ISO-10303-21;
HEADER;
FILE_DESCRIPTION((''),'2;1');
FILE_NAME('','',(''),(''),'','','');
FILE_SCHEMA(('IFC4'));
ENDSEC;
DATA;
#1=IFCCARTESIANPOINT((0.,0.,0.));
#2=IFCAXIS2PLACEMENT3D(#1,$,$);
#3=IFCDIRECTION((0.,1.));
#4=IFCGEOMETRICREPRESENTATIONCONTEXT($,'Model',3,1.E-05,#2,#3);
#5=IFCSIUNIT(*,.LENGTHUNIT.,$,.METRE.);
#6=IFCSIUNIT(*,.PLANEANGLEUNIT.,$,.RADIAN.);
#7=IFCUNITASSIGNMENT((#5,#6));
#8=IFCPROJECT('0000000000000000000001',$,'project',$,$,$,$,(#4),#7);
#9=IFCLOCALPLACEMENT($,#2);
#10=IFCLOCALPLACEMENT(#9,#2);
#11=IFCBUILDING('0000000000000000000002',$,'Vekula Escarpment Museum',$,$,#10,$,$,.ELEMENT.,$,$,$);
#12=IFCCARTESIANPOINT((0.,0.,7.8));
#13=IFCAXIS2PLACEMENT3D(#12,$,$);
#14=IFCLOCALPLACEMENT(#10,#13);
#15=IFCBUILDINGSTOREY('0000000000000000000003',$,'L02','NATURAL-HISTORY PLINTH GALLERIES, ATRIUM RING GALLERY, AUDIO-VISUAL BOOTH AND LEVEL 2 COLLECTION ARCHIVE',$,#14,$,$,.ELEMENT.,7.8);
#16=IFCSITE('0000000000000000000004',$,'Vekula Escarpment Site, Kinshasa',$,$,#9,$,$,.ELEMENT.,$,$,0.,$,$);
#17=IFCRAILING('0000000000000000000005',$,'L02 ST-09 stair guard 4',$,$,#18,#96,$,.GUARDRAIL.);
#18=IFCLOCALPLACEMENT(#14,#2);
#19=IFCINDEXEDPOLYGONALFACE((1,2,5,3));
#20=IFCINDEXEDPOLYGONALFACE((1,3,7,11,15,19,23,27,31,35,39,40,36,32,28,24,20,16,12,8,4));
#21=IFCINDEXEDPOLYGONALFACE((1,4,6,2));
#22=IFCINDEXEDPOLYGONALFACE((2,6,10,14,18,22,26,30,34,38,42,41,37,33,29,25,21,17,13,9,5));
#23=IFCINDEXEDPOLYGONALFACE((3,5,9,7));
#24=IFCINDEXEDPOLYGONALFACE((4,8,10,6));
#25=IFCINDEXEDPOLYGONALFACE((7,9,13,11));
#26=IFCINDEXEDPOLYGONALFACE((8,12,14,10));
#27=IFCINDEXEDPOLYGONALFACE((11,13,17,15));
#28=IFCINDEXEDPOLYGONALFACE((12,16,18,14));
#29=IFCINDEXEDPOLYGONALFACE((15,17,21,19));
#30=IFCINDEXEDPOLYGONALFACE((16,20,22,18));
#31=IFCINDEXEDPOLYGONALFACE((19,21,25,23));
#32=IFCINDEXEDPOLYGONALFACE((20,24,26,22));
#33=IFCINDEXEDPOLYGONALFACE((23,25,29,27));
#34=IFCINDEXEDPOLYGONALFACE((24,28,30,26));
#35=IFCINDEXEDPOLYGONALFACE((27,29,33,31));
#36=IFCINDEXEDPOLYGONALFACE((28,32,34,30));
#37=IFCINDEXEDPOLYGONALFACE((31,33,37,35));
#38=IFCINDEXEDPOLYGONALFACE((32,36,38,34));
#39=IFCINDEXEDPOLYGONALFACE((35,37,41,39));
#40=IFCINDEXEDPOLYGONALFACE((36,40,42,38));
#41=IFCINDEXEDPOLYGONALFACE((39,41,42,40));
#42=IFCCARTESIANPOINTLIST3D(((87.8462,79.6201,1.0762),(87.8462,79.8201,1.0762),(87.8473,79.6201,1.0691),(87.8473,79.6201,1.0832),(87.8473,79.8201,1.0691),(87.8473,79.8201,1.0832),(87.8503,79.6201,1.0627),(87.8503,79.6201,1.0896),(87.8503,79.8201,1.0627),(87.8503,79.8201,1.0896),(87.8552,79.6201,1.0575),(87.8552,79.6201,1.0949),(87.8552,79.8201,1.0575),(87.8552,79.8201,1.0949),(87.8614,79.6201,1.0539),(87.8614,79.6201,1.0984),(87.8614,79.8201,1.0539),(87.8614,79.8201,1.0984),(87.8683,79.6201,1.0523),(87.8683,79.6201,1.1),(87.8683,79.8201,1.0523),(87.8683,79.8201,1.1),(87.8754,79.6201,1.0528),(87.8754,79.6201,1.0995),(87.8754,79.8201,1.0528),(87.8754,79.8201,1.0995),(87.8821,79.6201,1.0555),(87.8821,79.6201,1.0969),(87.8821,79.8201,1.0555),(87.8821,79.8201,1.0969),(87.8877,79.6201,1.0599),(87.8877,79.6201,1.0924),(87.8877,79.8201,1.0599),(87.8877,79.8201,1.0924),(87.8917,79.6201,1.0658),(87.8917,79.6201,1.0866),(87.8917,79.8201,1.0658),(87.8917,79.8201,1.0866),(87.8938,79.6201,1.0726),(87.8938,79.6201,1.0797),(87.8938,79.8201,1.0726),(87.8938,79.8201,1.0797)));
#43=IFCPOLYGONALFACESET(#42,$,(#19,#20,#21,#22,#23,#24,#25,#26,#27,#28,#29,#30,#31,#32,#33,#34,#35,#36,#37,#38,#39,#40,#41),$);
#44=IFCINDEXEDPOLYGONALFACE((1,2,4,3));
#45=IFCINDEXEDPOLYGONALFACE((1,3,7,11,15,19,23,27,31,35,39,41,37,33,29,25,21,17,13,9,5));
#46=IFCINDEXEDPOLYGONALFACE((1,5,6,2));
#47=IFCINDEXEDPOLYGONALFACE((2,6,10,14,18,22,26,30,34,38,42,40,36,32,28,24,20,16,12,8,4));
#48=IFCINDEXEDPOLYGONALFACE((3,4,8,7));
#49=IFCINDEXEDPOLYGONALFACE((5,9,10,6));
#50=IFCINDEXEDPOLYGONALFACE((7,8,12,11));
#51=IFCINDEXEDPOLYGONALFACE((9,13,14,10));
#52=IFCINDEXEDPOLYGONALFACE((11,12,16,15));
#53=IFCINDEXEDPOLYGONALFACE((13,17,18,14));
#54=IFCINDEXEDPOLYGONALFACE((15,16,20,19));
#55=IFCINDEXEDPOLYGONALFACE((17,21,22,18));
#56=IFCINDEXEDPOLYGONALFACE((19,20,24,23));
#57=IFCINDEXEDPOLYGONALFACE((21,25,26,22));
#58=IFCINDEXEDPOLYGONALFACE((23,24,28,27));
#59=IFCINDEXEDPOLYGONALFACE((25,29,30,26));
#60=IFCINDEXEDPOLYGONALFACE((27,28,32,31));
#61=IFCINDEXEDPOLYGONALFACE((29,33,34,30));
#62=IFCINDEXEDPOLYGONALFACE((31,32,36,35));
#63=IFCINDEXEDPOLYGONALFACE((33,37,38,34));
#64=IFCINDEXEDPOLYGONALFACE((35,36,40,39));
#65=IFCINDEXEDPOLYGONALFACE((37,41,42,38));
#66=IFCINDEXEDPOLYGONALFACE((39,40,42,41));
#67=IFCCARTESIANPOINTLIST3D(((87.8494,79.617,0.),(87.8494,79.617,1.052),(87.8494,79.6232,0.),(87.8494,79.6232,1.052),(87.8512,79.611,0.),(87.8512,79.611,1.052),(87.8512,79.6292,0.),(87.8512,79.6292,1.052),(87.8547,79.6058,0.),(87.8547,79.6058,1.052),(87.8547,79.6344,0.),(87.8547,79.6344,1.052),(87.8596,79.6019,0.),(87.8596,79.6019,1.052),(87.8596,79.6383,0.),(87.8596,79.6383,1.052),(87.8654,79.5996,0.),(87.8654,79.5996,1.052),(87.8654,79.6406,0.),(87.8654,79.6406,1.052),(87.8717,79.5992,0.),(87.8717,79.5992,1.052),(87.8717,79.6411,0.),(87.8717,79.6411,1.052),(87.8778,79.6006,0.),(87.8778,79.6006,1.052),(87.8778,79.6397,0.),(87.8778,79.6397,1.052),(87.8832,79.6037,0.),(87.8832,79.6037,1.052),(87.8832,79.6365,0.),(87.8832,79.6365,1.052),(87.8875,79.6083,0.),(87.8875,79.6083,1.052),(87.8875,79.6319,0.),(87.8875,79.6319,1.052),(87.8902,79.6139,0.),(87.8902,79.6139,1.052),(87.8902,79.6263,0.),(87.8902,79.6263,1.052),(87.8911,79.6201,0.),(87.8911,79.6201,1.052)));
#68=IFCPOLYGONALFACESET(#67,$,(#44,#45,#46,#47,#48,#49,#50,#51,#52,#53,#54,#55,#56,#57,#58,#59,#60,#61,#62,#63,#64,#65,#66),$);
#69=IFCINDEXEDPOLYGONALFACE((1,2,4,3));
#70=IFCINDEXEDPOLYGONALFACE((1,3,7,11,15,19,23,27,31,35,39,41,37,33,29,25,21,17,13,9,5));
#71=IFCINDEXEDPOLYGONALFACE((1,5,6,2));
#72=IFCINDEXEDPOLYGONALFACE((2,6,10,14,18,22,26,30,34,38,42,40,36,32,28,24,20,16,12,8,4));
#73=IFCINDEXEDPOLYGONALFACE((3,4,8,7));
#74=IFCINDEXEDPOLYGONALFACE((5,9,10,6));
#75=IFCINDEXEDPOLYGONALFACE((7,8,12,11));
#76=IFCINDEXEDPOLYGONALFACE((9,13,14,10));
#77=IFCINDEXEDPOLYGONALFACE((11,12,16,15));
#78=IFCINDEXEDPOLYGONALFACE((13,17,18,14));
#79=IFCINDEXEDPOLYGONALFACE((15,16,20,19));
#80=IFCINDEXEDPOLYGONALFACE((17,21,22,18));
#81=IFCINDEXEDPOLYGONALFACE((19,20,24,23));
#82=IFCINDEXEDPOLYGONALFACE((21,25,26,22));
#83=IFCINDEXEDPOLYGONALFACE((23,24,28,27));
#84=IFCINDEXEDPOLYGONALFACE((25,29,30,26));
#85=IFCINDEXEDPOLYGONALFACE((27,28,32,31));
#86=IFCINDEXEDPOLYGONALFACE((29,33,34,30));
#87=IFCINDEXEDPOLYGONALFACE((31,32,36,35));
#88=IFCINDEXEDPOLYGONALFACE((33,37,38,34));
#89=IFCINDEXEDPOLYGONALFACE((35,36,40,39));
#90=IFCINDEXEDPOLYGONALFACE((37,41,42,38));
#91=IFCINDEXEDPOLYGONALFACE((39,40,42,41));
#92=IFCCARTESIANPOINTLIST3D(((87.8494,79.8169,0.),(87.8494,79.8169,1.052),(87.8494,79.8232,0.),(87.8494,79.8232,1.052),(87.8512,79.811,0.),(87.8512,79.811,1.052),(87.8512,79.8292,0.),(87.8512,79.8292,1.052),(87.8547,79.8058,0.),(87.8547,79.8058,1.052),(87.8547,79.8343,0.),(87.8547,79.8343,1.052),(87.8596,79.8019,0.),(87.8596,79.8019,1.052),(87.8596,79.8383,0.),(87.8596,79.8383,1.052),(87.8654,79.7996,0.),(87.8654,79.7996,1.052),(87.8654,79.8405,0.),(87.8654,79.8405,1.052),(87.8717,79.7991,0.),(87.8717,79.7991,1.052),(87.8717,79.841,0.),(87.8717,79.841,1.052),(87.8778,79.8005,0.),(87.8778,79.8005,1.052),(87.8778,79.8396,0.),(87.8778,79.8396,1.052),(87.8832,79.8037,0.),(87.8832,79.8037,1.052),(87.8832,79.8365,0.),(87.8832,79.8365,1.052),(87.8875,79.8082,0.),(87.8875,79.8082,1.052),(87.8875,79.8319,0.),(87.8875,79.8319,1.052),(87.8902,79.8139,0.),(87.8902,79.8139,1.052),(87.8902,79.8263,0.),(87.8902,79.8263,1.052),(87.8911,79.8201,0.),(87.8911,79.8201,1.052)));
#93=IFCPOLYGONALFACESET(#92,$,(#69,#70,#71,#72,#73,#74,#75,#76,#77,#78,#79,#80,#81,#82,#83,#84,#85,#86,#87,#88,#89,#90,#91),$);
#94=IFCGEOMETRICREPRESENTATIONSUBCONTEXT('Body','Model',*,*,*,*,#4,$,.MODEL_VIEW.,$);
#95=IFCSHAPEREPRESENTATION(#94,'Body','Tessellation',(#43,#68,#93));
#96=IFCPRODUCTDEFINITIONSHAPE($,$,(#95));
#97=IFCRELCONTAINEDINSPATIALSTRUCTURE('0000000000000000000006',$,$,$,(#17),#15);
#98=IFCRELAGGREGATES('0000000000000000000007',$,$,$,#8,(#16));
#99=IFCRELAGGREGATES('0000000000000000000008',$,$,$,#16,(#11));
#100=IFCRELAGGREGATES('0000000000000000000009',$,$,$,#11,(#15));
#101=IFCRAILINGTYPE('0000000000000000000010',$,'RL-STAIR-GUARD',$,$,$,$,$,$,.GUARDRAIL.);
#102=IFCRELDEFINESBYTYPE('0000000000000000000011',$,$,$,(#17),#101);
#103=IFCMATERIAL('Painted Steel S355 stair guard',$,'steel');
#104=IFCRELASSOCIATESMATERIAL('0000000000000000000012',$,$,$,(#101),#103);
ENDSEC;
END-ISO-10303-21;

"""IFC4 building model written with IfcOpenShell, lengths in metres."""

from ifc_helpers import new_model, si_unit, direction, frame, origin, origin_2d, place, context, subcontext, project, spatial, circle, extrude, material, type_object, element, save


model = new_model("IFC4")

# Units and contexts
model_context = context("Model", 3, precision=1e-05, world=origin(), true_north=direction((0.0, 1.0)))
body_context = subcontext(model_context, "Body", "Model", "MODEL_VIEW")
ifc_project = project(units=[si_unit("LENGTHUNIT", "METRE"), si_unit("PLANEANGLEUNIT", "RADIAN")], contexts=[model_context])

# Site, building, storey
site_placement = place(None, origin())
site = spatial("IfcSite", under=ifc_project, at=site_placement, Name="Vekula Escarpment Site, Kinshasa", CompositionType="ELEMENT", RefElevation=0.0)
building_placement = place(site_placement, origin())
building = spatial("IfcBuilding", under=site, at=building_placement, Name="Vekula Escarpment Museum", CompositionType="ELEMENT")
storey_placement = place(building_placement, frame((0.0, 0.0, 7.8)))
storey = spatial("IfcBuildingStorey", under=building, at=storey_placement, Name="L02", Description="NATURAL-HISTORY PLINTH GALLERIES, ATRIUM RING GALLERY, AUDIO-VISUAL BOOTH AND LEVEL 2 COLLECTION ARCHIVE", CompositionType="ELEMENT", Elevation=7.8)

# Railing
ifc_material_1 = material(Name="Painted Steel S355 stair guard", Category="steel")
railing_type_1 = type_object("IfcRailingType", Name="RL-STAIR-GUARD", PredefinedType="GUARDRAIL", material=ifc_material_1)
railing_1_placement = place(storey_placement, frame((87.8701, 79.6201, 0.0)))
element("IfcRailing", 1, at=railing_1_placement, inside=storey, type_object=railing_type_1, Name="L02 ST-09 stair guard 4", PredefinedType="GUARDRAIL", context=body_context, shape_type="SweptSolid", body=[
    extrude(circle(Radius=0.0239, at=origin_2d()), frame((0.0, 0.0, 1.0762), z_axis=(0.0, 1.0, 0.0), x_axis=(-1.0, 0.0, 0.0)), (0.0, 0.0, 1.0), 0.2),
    extrude(circle(Radius=0.021, at=origin_2d()), origin(), (0.0, 0.0, 1.0), 1.052),
    extrude(circle(Radius=0.021, at=origin_2d()), frame((0.0, 0.2, 0.0)), (0.0, 0.0, 1.0), 1.052),
])

save(model, "model.ifc")
